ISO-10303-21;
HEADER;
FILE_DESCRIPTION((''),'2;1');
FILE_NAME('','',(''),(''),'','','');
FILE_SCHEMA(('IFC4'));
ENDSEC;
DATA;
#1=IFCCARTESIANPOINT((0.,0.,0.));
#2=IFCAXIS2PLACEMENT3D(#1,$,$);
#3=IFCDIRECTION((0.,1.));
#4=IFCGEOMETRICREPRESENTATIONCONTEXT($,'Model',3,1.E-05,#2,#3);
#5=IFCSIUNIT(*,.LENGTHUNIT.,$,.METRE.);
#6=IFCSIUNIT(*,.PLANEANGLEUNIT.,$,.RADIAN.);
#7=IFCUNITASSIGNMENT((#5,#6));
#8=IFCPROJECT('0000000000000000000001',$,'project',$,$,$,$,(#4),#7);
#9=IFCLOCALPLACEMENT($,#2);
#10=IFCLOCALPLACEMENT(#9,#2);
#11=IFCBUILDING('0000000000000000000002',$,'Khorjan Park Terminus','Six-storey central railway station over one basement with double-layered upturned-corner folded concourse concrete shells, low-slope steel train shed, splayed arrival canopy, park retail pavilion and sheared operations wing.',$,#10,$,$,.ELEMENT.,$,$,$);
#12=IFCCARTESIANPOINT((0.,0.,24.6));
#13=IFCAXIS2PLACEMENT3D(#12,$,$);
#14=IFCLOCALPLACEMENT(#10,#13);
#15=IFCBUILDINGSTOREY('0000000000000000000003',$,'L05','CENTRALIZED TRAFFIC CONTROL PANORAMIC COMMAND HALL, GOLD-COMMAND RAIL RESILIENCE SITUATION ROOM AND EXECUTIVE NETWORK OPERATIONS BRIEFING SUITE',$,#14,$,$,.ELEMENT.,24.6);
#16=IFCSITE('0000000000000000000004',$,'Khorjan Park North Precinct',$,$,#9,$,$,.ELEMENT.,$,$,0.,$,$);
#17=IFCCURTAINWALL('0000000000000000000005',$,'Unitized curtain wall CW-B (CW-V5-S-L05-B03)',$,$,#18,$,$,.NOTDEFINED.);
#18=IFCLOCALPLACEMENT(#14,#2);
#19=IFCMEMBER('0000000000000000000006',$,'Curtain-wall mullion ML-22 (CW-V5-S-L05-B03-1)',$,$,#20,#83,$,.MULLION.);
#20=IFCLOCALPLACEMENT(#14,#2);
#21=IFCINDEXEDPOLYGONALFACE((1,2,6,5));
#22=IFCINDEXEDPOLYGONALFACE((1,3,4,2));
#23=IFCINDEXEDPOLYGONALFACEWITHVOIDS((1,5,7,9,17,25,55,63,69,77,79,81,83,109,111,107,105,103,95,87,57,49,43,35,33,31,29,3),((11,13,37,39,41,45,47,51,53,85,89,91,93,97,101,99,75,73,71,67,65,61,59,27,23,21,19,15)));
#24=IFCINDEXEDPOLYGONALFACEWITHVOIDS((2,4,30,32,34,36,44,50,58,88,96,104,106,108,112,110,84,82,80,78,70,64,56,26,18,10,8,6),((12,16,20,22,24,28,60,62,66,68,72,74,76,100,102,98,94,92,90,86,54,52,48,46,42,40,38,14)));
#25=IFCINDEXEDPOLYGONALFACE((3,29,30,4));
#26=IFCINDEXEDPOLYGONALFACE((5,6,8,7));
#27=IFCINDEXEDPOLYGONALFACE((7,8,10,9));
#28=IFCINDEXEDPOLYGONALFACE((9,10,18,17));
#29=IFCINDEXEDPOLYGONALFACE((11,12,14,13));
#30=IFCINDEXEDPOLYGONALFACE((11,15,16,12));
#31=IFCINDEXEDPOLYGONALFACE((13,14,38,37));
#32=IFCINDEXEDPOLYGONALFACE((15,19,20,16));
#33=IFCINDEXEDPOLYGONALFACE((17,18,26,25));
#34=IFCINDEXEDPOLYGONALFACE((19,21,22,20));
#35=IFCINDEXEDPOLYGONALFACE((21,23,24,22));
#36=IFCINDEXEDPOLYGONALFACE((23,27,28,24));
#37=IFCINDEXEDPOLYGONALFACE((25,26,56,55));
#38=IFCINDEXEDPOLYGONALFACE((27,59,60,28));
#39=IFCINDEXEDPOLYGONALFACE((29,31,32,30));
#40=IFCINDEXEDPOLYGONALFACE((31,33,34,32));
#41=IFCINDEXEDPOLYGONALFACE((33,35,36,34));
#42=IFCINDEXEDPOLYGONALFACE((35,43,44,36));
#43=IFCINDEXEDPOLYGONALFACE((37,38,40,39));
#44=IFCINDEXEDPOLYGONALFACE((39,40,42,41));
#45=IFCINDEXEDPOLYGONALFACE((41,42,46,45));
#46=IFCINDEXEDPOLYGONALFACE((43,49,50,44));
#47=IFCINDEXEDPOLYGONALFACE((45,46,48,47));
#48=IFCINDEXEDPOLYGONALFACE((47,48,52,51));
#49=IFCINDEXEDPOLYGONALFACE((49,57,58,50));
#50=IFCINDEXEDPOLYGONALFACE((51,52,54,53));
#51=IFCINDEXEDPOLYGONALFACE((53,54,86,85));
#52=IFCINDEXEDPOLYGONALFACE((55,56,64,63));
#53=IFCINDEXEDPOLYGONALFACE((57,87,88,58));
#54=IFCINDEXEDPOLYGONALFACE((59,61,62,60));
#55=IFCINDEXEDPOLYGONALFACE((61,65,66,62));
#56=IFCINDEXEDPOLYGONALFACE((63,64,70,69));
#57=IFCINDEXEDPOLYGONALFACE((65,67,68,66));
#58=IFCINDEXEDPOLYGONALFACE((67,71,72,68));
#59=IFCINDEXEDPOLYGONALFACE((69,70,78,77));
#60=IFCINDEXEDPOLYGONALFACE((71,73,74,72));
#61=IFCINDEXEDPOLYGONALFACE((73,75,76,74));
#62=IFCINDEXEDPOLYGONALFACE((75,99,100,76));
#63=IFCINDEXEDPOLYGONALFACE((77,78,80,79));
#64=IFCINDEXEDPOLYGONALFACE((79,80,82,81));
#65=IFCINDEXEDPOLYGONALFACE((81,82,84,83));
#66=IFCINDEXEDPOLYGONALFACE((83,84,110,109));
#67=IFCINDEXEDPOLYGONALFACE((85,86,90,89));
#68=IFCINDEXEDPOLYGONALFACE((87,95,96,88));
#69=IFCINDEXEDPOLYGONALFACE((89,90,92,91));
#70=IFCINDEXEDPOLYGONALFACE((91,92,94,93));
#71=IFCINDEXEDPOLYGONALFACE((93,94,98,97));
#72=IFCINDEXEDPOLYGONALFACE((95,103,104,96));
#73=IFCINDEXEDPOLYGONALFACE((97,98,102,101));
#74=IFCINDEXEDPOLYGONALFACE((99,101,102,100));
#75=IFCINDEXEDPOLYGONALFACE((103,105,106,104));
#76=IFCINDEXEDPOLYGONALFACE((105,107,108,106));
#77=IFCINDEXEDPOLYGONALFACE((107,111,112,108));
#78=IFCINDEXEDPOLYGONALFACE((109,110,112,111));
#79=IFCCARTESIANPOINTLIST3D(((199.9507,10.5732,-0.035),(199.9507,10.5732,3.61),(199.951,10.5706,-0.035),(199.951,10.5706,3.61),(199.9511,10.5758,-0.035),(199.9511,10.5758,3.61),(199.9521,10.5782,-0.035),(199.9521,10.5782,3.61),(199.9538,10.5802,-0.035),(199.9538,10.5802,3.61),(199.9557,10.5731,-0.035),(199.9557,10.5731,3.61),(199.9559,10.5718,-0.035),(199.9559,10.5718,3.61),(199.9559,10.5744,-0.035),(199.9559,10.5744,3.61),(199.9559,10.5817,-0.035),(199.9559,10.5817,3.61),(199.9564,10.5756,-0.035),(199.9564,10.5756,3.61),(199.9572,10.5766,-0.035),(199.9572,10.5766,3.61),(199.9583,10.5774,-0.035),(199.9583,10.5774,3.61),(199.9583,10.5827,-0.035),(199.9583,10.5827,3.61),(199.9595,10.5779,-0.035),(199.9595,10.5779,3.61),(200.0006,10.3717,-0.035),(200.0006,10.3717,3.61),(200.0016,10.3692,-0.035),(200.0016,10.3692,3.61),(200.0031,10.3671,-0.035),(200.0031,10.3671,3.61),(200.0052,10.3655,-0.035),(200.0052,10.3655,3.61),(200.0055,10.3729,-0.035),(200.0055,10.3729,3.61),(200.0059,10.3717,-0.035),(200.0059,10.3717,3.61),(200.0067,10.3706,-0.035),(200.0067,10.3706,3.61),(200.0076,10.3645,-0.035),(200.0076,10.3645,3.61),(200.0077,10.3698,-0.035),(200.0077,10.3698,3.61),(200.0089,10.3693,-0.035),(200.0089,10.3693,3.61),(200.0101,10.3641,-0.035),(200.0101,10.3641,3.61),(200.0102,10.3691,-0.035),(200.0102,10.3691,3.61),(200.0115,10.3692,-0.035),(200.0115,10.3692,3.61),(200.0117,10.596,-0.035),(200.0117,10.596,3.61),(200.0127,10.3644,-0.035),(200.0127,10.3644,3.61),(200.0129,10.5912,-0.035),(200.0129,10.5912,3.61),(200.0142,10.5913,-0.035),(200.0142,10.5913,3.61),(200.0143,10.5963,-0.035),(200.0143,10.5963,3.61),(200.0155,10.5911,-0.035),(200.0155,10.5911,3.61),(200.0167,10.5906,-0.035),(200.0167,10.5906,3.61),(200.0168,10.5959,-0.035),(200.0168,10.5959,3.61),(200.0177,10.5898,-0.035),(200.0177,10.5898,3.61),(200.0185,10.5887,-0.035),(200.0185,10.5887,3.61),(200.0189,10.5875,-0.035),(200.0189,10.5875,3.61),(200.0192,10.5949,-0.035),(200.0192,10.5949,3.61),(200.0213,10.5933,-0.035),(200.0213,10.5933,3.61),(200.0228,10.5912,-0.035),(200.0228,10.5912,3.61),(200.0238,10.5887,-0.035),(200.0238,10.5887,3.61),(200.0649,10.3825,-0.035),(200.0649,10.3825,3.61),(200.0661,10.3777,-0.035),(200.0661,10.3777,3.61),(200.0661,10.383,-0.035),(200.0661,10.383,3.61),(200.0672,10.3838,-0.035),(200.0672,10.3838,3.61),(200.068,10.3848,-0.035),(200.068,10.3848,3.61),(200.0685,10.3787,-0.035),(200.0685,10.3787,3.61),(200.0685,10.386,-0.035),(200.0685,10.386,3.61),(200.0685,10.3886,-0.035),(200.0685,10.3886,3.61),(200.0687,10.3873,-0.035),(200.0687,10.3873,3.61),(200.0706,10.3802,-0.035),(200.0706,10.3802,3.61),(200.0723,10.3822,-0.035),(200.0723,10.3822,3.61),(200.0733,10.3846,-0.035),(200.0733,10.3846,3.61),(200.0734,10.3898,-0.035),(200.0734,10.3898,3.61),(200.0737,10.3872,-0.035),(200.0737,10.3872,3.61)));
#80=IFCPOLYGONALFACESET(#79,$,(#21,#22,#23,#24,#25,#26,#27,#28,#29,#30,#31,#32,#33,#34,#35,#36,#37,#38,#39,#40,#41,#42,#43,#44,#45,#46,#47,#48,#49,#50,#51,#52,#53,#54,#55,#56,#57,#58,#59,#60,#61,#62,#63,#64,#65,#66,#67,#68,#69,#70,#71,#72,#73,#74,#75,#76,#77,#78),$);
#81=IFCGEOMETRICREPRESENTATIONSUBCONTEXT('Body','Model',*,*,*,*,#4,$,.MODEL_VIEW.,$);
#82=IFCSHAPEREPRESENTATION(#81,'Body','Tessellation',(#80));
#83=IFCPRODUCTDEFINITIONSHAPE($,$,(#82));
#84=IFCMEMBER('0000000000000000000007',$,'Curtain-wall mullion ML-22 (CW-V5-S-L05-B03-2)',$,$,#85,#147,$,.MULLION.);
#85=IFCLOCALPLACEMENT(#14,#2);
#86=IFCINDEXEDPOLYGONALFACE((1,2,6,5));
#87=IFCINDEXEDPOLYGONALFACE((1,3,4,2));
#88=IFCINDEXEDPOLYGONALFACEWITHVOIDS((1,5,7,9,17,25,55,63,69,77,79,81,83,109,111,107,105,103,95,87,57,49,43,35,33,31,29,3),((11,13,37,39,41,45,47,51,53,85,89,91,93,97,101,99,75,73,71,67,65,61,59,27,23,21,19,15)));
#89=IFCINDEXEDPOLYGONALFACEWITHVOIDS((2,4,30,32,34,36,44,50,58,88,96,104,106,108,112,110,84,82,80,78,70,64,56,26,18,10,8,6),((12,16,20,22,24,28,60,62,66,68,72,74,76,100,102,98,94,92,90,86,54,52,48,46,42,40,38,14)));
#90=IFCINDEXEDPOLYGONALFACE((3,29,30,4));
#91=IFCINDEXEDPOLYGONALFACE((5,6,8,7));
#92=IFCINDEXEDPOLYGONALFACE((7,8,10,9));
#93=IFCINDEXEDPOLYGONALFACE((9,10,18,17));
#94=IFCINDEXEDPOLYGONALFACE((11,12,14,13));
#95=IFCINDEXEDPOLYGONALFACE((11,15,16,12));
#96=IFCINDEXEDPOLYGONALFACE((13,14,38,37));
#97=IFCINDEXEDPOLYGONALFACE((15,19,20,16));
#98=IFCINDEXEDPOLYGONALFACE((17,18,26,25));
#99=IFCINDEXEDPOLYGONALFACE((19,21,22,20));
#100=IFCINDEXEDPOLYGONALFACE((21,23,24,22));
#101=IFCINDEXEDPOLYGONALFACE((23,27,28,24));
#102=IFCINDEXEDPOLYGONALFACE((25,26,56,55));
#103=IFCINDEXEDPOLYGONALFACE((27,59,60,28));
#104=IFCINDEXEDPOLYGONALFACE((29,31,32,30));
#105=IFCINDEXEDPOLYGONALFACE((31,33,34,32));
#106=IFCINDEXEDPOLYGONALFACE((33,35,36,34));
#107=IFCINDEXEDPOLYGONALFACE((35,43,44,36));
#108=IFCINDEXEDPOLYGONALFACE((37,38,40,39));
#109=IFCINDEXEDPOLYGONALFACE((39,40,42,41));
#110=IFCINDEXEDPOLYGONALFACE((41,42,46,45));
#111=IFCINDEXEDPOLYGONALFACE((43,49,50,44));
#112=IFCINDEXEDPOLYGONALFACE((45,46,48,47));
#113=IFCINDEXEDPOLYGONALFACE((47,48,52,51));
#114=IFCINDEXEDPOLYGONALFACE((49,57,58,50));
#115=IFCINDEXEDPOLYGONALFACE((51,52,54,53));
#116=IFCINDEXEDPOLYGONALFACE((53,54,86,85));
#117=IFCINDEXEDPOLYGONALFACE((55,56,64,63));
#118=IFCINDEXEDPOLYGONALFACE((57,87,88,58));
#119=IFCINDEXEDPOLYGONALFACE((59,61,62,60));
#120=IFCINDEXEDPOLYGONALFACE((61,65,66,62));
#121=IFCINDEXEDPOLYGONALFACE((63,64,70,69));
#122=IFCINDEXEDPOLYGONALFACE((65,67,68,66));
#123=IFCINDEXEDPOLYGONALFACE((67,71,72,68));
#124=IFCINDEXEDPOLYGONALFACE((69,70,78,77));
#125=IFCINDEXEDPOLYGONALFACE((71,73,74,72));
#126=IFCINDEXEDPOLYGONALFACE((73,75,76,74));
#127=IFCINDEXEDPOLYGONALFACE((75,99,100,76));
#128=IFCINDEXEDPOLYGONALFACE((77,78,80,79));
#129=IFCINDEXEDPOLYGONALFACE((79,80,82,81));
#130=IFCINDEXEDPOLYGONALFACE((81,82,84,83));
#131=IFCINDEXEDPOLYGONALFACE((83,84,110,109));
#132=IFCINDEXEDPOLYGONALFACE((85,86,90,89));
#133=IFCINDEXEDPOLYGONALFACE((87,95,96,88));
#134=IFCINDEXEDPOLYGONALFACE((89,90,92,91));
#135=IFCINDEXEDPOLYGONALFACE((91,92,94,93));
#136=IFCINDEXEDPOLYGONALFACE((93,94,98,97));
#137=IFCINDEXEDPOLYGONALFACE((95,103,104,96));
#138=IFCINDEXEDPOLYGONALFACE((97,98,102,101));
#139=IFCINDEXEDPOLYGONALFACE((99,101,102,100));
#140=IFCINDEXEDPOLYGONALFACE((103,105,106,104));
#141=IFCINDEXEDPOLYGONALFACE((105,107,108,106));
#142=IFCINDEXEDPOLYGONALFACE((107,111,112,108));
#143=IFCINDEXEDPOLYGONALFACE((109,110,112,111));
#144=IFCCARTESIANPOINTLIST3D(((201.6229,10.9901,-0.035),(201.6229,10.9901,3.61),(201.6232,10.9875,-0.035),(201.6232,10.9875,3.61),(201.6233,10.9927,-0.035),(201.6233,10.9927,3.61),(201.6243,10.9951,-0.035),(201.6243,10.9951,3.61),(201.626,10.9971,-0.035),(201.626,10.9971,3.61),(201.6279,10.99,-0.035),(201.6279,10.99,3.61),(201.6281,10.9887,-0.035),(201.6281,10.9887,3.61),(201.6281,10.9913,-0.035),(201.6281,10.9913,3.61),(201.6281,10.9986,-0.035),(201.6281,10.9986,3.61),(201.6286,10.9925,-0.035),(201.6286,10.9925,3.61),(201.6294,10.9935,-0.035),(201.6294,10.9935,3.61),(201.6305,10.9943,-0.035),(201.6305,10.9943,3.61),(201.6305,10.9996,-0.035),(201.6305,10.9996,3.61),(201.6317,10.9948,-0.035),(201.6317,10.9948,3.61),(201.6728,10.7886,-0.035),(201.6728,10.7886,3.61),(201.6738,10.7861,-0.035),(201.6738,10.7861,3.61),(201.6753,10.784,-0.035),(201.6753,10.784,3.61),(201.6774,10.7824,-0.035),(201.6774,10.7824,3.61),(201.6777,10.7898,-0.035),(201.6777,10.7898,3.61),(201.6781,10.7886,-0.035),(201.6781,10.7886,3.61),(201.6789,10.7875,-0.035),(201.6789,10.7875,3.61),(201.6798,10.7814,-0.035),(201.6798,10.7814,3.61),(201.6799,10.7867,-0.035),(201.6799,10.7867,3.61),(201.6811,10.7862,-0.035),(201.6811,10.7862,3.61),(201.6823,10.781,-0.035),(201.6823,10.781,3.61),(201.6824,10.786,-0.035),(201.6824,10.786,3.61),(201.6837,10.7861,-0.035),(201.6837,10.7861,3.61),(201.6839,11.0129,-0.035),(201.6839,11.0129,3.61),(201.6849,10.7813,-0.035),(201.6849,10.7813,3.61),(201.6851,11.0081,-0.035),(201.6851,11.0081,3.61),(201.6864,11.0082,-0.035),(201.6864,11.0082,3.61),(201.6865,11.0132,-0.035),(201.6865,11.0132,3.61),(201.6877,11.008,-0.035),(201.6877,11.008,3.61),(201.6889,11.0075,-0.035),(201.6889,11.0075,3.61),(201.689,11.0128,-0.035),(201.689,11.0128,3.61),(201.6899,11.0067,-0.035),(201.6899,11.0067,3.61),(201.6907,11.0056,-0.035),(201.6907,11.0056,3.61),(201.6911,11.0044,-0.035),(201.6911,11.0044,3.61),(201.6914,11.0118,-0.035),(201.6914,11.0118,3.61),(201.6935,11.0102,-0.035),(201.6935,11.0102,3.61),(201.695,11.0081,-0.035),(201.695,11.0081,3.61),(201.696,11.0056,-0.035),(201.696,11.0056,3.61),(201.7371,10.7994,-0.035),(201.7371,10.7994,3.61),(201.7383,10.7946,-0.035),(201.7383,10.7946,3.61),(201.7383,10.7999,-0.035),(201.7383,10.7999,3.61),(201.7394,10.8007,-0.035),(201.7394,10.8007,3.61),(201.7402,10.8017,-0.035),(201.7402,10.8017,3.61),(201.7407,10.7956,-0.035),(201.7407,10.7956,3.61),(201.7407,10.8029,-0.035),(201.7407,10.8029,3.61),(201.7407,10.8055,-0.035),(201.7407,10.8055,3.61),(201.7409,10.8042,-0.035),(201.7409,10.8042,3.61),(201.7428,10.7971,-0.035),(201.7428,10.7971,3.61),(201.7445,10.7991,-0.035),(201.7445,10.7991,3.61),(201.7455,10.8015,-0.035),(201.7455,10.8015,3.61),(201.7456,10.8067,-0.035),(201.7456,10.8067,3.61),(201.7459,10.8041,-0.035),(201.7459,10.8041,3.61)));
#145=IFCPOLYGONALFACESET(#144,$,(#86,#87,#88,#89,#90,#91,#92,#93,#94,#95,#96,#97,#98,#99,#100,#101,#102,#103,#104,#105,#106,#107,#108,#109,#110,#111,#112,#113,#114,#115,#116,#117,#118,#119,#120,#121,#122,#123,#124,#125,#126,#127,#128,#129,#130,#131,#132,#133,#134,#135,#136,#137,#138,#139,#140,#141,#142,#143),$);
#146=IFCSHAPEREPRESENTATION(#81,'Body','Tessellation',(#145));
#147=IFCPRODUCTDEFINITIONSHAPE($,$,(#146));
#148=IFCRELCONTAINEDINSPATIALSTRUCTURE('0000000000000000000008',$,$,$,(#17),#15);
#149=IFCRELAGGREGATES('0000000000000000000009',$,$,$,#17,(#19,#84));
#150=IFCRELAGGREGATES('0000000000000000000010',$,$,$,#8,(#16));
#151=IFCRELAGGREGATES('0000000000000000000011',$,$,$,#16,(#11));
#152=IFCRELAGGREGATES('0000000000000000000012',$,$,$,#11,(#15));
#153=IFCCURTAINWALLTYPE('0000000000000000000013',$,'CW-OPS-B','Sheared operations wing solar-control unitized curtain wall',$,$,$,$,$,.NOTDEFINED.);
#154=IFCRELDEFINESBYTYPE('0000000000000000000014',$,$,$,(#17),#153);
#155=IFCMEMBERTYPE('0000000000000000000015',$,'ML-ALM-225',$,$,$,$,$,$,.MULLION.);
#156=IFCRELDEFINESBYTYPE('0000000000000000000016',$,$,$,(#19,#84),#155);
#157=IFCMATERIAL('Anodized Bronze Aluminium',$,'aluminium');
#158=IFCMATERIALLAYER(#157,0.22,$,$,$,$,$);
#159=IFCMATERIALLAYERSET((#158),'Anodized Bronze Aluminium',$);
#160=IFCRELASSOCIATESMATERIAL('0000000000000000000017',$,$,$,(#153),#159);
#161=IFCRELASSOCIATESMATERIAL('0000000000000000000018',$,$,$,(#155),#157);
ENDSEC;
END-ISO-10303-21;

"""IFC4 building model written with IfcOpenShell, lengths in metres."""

from ifc_helpers import new_model, si_unit, direction, frame, origin, origin_2d, place, context, subcontext, project, spatial, hollow_rectangle, extrude, material, layer, layer_set, material_profile, profile_set, type_object, element, aggregate, save


model = new_model("IFC4")

# Units and contexts
model_context = context("Model", 3, precision=1e-05, world=origin(), true_north=direction((0.0, 1.0)))
body_context = subcontext(model_context, "Body", "Model", "MODEL_VIEW")
ifc_project = project(units=[si_unit("LENGTHUNIT", "METRE"), si_unit("PLANEANGLEUNIT", "RADIAN")], contexts=[model_context])

# Site, building, storey
site_placement = place(None, origin())
site = spatial("IfcSite", under=ifc_project, at=site_placement, Name="Khorjan Park North Precinct", CompositionType="ELEMENT", RefElevation=0.0)
building_placement = place(site_placement, origin())
building = spatial("IfcBuilding", under=site, at=building_placement, Name="Khorjan Park Terminus", Description="Six-storey central railway station over one basement with double-layered upturned-corner folded concourse concrete shells, low-slope steel train shed, splayed arrival canopy, park retail pavilion and sheared operations wing.", CompositionType="ELEMENT")
storey_placement = place(building_placement, frame((0.0, 0.0, 24.6)))
storey = spatial("IfcBuildingStorey", under=building, at=storey_placement, Name="L05", Description="CENTRALIZED TRAFFIC CONTROL PANORAMIC COMMAND HALL, GOLD-COMMAND RAIL RESILIENCE SITUATION ROOM AND EXECUTIVE NETWORK OPERATIONS BRIEFING SUITE", CompositionType="ELEMENT", Elevation=24.6)

# Curtain wall, members
ifc_material_1 = material(Name="Anodized Bronze Aluminium", Category="aluminium")
ifc_layer_1 = layer(ifc_material_1, 0.22)
ifc_layer_set_1 = layer_set([ifc_layer_1], Name="Anodized Bronze Aluminium")
curtain_wall_type = type_object("IfcCurtainWallType", Name="CW-OPS-B", Description="Sheared operations wing solar-control unitized curtain wall", PredefinedType="NOTDEFINED", material=ifc_layer_set_1)
curtain_wall_placement = place(storey_placement, origin())
curtain_wall = element("IfcCurtainWall", 1, at=curtain_wall_placement, inside=storey, type_object=curtain_wall_type, Name="Unitized curtain wall CW-B (CW-V5-S-L05-B03)", PredefinedType="NOTDEFINED")
ifc_material_profile_1 = material_profile(ifc_material_1, hollow_rectangle(XDim=0.075, YDim=0.225, WallThickness=0.005, InnerFilletRadius=0.005, OuterFilletRadius=0.01, at=origin_2d()), Name="ALM 75x225x5")
ifc_profile_set_1 = profile_set([ifc_material_profile_1], Name="Anodized Bronze Aluminium")
member_type_1 = type_object("IfcMemberType", Name="ML-ALM-225", PredefinedType="MULLION", material=ifc_profile_set_1)
member_1_placement = place(storey_placement, frame((200.0122, 10.4802, -0.035), z_axis=(0.0, 0.0, 1.0), x_axis=(0.970295, 0.241926, 0.0)))
member_1 = element("IfcMember", 2, at=member_1_placement, type_object=member_type_1, Name="Curtain-wall mullion ML-22 (CW-V5-S-L05-B03-1)", PredefinedType="MULLION", context=body_context, shape_type="SweptSolid", body=[
    extrude(hollow_rectangle(XDim=0.075, YDim=0.225, WallThickness=0.005, InnerFilletRadius=0.005, OuterFilletRadius=0.01, at=origin_2d()), origin(), (0.0, 0.0, 1.0), 3.645),
])
member_2_placement = place(storey_placement, frame((201.6844, 10.8971, -0.035), z_axis=(0.0, 0.0, 1.0), x_axis=(0.970295, 0.241926, 0.0)))
member_2 = element("IfcMember", 3, at=member_2_placement, type_object=member_type_1, Name="Curtain-wall mullion ML-22 (CW-V5-S-L05-B03-2)", PredefinedType="MULLION", context=body_context, shape_type="SweptSolid", body=[
    extrude(hollow_rectangle(XDim=0.075, YDim=0.225, WallThickness=0.005, InnerFilletRadius=0.005, OuterFilletRadius=0.01, at=origin_2d()), origin(), (0.0, 0.0, 1.0), 3.645),
])
aggregate(curtain_wall, [member_1, member_2])

save(model, "model.ifc")
